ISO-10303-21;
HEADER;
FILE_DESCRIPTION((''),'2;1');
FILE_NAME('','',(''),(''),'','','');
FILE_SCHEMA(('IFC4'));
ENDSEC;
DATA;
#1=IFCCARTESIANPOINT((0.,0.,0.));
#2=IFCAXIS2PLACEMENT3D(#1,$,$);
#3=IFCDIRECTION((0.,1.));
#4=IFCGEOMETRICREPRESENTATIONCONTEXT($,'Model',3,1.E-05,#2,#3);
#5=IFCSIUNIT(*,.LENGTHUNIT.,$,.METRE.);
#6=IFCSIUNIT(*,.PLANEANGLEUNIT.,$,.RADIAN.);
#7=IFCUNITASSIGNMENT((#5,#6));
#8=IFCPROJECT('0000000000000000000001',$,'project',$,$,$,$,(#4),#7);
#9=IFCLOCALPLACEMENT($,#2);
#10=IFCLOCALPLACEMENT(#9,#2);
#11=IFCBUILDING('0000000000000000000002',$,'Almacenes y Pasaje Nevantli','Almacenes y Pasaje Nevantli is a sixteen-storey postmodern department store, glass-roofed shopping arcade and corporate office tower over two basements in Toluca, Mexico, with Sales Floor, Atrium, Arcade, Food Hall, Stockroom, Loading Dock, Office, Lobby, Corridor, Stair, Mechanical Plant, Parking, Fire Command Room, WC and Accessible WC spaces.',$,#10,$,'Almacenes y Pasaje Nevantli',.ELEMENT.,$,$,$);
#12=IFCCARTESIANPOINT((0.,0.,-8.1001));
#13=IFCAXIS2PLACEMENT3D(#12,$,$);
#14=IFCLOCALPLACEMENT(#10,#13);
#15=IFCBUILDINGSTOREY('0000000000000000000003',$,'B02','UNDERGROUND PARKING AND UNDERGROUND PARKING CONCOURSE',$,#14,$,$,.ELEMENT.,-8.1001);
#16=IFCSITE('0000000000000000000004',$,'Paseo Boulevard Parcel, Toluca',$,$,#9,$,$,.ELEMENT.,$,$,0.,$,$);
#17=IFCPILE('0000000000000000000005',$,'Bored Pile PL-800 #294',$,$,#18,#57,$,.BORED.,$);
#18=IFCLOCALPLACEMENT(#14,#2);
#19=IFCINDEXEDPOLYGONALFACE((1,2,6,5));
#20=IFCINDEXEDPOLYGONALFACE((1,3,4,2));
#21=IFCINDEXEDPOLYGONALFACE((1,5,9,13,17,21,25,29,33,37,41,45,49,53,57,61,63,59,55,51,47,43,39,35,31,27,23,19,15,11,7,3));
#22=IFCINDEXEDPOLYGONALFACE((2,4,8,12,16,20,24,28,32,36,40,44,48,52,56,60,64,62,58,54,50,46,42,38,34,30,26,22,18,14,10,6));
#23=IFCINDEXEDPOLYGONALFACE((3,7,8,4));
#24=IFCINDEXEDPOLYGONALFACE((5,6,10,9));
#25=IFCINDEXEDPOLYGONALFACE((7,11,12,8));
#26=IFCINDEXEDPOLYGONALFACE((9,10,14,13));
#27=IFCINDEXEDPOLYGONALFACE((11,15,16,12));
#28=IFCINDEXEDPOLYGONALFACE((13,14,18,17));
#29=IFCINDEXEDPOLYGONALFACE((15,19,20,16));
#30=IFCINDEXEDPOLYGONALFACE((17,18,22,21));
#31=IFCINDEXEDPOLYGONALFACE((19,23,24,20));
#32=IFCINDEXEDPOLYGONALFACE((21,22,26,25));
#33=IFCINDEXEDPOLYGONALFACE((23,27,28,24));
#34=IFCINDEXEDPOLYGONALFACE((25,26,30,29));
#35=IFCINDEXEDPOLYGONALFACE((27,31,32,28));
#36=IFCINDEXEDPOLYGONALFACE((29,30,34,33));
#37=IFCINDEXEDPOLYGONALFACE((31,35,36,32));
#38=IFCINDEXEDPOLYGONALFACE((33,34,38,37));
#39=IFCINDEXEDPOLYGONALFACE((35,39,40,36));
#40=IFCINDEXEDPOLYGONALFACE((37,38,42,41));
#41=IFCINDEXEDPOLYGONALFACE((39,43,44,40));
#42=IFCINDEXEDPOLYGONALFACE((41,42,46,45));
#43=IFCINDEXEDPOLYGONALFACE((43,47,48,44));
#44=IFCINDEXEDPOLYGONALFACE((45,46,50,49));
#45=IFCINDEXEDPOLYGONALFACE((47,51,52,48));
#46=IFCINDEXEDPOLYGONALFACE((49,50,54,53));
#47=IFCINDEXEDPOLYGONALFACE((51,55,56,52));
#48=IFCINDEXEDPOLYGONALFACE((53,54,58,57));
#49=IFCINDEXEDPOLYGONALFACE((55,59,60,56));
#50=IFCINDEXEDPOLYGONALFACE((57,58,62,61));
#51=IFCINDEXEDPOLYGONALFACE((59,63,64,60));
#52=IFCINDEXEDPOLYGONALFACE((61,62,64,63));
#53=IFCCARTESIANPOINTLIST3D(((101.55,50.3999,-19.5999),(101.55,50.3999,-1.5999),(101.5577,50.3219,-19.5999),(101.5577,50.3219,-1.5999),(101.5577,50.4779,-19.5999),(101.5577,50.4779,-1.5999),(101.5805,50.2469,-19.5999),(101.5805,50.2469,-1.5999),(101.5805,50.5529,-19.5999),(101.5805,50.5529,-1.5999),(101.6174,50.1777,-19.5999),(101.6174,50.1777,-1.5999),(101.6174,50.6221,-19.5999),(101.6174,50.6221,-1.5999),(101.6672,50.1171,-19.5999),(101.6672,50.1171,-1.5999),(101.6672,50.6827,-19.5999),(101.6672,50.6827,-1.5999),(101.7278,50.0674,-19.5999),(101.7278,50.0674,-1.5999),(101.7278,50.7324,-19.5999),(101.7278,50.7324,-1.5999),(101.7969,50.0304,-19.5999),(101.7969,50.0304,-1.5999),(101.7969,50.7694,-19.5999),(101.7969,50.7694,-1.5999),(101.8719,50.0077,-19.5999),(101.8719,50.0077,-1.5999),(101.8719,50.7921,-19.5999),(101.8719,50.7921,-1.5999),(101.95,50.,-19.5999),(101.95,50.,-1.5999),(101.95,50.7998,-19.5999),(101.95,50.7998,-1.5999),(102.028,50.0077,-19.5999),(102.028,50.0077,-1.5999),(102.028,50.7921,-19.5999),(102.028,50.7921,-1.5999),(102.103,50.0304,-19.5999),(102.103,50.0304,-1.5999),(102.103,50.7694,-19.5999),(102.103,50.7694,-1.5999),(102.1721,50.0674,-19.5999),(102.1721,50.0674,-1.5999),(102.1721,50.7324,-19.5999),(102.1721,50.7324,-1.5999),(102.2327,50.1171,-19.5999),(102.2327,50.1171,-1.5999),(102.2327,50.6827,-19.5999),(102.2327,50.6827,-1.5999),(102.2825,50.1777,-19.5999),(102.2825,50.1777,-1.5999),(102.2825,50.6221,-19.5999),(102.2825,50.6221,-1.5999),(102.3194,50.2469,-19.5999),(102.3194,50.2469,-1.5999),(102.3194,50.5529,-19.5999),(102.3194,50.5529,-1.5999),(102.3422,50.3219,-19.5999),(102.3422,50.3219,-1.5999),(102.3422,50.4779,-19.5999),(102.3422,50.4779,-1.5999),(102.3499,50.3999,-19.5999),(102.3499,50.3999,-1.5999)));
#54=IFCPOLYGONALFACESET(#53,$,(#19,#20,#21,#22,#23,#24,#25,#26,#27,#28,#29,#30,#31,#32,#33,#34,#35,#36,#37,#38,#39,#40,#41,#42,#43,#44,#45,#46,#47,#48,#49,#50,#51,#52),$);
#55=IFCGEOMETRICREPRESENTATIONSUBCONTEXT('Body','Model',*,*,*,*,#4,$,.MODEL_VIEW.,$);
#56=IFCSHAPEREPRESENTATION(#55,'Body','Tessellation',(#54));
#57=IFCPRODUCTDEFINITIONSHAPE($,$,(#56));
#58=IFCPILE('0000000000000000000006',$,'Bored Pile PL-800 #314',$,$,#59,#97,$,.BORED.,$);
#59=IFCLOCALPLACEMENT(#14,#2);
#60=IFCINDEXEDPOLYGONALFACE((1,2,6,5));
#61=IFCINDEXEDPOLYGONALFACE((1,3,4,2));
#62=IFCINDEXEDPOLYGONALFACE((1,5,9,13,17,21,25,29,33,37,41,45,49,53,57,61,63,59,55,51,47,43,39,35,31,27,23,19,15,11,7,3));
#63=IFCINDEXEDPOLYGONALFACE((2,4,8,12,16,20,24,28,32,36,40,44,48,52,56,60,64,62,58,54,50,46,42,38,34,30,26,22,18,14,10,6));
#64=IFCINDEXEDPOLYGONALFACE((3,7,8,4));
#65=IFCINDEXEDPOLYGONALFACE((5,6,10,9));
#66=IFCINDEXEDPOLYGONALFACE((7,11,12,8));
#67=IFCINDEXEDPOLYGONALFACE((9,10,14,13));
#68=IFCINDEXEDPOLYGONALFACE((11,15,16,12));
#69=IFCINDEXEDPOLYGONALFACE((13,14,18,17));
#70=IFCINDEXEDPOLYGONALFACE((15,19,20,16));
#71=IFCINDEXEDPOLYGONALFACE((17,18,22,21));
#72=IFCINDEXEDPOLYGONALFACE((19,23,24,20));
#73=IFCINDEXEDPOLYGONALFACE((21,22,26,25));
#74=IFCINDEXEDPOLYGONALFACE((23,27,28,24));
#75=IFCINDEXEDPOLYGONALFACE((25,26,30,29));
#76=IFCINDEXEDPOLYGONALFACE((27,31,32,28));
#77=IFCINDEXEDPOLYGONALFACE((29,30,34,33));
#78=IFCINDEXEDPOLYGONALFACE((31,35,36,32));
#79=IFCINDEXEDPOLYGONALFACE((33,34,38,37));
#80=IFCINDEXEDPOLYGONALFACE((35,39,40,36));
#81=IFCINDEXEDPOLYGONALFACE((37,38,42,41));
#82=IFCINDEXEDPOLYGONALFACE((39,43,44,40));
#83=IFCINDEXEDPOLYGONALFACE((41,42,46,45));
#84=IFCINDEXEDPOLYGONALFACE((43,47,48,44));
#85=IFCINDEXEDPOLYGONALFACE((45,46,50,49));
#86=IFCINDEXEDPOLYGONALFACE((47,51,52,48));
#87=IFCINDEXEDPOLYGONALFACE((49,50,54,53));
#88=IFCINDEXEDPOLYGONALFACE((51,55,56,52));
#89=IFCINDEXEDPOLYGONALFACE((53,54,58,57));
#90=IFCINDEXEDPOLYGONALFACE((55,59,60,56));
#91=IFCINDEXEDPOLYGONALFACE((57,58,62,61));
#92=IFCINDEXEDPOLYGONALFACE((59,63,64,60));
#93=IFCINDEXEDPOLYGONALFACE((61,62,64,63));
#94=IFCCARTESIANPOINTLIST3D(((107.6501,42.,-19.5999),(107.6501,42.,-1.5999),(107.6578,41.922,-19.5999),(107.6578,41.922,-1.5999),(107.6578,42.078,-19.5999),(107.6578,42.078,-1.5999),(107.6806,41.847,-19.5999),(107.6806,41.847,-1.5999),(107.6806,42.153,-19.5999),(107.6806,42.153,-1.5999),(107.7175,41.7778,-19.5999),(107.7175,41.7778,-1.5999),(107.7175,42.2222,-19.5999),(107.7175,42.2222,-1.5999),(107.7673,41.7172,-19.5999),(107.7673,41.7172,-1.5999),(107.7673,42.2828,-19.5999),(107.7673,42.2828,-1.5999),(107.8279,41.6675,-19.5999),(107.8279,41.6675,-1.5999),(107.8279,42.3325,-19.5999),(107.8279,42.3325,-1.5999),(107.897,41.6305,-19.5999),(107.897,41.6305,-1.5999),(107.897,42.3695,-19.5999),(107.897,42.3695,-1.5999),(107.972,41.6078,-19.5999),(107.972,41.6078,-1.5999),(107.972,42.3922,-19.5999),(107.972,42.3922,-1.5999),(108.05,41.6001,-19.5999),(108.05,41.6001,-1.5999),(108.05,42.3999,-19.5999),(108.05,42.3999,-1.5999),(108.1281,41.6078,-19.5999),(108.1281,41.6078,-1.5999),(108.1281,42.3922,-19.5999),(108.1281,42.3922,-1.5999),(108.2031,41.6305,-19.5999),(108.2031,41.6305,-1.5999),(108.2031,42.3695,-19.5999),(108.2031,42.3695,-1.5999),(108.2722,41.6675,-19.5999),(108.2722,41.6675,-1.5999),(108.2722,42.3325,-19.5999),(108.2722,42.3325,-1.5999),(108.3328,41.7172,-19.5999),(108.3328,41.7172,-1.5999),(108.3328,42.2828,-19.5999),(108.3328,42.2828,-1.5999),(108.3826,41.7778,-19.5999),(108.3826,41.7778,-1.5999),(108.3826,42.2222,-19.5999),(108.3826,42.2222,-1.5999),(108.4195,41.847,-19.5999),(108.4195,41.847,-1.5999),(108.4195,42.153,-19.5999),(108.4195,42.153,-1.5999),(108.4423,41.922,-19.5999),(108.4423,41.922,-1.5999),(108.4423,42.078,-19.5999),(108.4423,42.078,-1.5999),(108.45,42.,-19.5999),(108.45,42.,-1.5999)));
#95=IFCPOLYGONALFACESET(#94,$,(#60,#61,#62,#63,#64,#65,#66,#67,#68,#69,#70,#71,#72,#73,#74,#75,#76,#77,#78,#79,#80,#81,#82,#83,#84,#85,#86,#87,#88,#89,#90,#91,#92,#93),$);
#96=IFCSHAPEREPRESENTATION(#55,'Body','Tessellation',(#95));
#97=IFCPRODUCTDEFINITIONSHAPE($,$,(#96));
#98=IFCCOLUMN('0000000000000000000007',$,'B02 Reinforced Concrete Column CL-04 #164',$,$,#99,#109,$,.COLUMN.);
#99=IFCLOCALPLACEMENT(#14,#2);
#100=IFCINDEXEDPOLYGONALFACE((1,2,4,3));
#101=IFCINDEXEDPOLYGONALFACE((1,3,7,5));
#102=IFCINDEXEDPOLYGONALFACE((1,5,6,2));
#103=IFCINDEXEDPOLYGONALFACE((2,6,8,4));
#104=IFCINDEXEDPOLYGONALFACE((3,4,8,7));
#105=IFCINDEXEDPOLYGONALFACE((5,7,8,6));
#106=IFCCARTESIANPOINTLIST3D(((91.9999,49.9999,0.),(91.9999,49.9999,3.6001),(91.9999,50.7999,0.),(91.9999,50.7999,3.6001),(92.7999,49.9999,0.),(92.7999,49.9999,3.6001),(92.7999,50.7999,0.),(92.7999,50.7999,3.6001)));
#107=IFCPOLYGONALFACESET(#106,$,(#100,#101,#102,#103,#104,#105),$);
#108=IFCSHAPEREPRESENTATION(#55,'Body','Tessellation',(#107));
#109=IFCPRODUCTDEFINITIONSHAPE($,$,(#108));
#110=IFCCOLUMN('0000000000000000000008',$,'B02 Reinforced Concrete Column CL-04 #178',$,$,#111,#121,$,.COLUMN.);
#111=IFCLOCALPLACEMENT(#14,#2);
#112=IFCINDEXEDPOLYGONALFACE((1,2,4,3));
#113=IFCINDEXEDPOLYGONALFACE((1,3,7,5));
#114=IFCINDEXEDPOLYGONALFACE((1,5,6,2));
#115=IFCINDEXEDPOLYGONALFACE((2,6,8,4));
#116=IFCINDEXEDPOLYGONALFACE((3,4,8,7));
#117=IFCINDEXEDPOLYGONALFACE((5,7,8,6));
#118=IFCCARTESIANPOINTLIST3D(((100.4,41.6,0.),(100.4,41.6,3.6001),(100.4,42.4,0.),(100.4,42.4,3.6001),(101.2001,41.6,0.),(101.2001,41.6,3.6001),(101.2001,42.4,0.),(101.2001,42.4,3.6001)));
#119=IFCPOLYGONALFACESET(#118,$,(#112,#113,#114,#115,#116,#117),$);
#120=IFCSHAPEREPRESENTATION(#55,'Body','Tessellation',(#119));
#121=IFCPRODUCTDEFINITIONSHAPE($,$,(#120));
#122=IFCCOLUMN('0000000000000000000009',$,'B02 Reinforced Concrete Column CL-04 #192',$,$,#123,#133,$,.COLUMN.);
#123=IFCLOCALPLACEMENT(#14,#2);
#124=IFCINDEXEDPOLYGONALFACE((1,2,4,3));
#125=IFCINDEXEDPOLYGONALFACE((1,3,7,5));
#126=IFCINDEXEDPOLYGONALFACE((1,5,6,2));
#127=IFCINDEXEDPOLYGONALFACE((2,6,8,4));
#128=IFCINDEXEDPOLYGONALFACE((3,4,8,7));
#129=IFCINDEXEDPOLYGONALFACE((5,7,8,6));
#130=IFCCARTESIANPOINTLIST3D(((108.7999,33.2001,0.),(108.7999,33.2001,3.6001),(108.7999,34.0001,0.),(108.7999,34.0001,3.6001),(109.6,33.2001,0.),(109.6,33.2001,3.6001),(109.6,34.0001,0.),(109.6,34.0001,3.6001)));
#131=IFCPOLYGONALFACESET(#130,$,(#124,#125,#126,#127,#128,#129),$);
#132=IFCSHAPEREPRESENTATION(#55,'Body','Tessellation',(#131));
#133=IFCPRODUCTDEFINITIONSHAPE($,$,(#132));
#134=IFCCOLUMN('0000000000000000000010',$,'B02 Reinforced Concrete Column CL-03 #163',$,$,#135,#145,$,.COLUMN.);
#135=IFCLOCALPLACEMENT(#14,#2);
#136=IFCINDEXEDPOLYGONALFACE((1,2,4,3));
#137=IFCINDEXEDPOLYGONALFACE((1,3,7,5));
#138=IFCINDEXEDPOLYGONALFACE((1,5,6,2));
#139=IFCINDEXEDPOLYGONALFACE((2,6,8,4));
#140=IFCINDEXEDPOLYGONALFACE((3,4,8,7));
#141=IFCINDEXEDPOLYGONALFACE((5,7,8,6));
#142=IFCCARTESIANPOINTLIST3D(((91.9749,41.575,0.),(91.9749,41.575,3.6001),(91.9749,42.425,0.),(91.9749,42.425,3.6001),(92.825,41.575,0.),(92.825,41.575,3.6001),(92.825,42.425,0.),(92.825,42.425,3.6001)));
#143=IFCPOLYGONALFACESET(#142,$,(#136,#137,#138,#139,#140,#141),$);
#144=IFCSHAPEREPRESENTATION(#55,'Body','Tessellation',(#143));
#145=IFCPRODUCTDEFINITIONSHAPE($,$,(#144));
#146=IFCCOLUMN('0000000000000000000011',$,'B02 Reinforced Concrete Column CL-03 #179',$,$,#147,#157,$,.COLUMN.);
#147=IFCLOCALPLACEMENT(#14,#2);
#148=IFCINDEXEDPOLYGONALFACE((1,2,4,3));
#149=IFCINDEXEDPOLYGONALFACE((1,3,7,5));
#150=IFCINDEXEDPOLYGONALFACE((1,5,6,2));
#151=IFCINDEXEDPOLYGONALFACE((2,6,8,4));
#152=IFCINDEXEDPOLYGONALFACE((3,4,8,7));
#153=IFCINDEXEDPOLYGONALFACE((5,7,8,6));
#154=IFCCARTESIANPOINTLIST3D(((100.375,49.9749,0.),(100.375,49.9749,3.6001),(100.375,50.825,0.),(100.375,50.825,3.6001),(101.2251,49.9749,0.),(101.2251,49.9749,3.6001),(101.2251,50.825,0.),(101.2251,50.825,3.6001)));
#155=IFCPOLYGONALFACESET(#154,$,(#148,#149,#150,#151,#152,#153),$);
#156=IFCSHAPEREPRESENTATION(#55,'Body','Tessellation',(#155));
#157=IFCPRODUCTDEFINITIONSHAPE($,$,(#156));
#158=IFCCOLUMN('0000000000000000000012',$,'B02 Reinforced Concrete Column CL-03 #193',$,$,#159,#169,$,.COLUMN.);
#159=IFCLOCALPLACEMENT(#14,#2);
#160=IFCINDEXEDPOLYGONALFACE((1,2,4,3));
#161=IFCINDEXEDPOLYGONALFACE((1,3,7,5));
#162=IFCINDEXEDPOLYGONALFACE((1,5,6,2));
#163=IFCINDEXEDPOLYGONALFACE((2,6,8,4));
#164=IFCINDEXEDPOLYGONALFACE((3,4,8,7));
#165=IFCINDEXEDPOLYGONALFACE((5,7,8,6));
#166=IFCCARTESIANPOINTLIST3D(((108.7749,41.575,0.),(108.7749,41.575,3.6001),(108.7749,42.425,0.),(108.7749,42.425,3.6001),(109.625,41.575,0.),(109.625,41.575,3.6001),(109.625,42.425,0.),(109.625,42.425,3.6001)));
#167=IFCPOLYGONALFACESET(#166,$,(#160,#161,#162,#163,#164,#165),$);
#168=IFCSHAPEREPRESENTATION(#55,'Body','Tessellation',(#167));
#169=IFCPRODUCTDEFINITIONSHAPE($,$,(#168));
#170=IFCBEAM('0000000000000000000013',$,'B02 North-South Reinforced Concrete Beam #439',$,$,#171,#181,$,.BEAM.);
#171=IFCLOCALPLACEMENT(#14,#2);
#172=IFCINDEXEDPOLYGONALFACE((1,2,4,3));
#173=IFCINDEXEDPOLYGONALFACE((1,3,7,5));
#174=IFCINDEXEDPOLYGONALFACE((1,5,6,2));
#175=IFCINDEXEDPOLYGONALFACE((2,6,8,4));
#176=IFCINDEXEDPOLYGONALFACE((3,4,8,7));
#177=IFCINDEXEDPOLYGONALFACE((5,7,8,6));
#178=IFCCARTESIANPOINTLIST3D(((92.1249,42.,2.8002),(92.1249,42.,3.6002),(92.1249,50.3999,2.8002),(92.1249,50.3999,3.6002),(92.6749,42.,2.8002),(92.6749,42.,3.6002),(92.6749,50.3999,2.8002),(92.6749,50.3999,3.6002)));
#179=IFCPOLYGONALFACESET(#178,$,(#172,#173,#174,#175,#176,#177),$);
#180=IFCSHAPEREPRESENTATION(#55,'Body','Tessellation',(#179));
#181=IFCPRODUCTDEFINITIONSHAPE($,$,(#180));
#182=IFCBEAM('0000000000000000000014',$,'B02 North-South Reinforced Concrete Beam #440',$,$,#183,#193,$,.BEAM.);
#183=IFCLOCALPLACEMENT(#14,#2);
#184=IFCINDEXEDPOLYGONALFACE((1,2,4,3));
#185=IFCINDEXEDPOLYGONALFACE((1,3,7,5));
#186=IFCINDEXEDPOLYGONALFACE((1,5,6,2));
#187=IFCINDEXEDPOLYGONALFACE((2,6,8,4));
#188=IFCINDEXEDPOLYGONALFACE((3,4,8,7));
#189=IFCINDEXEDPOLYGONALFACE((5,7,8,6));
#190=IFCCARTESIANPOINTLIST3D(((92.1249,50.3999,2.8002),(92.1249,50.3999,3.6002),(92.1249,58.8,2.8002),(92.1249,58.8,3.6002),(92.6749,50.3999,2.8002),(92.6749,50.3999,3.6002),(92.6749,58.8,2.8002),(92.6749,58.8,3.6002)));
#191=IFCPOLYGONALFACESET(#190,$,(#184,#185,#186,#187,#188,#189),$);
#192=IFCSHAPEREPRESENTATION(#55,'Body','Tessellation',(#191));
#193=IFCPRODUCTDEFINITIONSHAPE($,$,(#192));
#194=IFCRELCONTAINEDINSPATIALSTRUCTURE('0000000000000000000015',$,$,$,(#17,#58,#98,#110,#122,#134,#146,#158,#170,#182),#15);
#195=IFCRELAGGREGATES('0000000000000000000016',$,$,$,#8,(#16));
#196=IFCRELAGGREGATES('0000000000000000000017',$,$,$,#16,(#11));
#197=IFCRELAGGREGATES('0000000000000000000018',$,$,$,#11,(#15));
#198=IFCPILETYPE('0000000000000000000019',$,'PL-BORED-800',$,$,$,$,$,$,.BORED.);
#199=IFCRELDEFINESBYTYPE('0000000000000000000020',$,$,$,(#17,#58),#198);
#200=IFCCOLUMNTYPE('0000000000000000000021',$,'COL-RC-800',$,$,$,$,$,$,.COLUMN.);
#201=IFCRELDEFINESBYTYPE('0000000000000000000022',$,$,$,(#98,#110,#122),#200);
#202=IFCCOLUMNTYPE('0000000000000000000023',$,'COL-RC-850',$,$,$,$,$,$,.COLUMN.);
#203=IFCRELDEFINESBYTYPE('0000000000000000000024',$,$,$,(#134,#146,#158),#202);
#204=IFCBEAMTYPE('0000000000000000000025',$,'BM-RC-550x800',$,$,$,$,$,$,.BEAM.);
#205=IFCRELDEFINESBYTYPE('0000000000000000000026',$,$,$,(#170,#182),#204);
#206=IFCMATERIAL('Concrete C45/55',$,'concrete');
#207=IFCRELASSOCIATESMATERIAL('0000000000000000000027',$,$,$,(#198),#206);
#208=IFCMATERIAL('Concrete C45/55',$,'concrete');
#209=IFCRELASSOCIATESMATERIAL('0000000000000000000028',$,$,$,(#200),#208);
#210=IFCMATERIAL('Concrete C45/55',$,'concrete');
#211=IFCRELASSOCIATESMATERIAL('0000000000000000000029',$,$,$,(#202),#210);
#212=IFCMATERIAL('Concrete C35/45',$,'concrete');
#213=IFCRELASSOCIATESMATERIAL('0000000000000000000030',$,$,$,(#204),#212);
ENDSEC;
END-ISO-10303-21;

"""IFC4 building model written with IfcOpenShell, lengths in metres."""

from ifc_helpers import new_model, si_unit, direction, frame, origin, origin_2d, place, context, subcontext, project, spatial, rectangle, circle, extrude, material, material_profile, profile_set, type_object, element, save


model = new_model("IFC4")

# Units and contexts
model_context = context("Model", 3, precision=1e-05, world=origin(), true_north=direction((0.0, 1.0)))
body_context = subcontext(model_context, "Body", "Model", "MODEL_VIEW")
ifc_project = project(units=[si_unit("LENGTHUNIT", "METRE"), si_unit("PLANEANGLEUNIT", "RADIAN")], contexts=[model_context])

# Site, building, storey
site_placement = place(None, origin())
site = spatial("IfcSite", under=ifc_project, at=site_placement, Name="Paseo Boulevard Parcel, Toluca", CompositionType="ELEMENT", RefElevation=0.0)
building_placement = place(site_placement, origin())
building = spatial("IfcBuilding", under=site, at=building_placement, Name="Almacenes y Pasaje Nevantli", Description="Almacenes y Pasaje Nevantli is a sixteen-storey postmodern department store, glass-roofed shopping arcade and corporate office tower over two basements in Toluca, Mexico, with Sales Floor, Atrium, Arcade, Food Hall, Stockroom, Loading Dock, Office, Lobby, Corridor, Stair, Mechanical Plant, Parking, Fire Command Room, WC and Accessible WC spaces.", LongName="Almacenes y Pasaje Nevantli", CompositionType="ELEMENT")
storey_placement = place(building_placement, frame((0.0, 0.0, -8.1001)))
storey = spatial("IfcBuildingStorey", under=building, at=storey_placement, Name="B02", Description="UNDERGROUND PARKING AND UNDERGROUND PARKING CONCOURSE", CompositionType="ELEMENT", Elevation=-8.1001)

# Piles
ifc_material_1 = material(Name="Concrete C45/55", Category="concrete")
ifc_material_profile_1 = material_profile(ifc_material_1, circle(Radius=0.3999, at=origin_2d()), Name="RC-PILE-D800")
ifc_profile_set_1 = profile_set([ifc_material_profile_1], Name="Concrete C45/55")
pile_type_1 = type_object("IfcPileType", Name="PL-BORED-800", PredefinedType="BORED", material=ifc_profile_set_1)
for number, where, z_axis, x_axis, name in (
    (1, (101.95, 50.3999, -1.5999), (0.0, 0.0, -1.0), (1.0, 0.0, 0.0), "Bored Pile PL-800 #294"),
    (2, (108.05, 42.0, -1.5999), (0.0, 0.0, -1.0), (1.0, 0.0, 0.0), "Bored Pile PL-800 #314"),
):
    element("IfcPile", number, at=place(storey_placement, frame(where, z_axis=z_axis, x_axis=x_axis)), inside=storey, type_object=pile_type_1, Name=name, PredefinedType="BORED", context=body_context, shape_type="SweptSolid", body=[
        extrude(circle(Radius=0.3999, at=origin_2d()), origin(), (0.0, 0.0, 1.0), 18.0),
    ])

# Columns
ifc_material_2 = material(Name="Concrete C45/55", Category="concrete")
ifc_material_profile_2 = material_profile(ifc_material_2, rectangle(XDim=0.8, YDim=0.8, at=origin_2d()), Name="RC-COL-800x800")
ifc_profile_set_2 = profile_set([ifc_material_profile_2], Name="Concrete C45/55")
column_type_1 = type_object("IfcColumnType", Name="COL-RC-800", PredefinedType="COLUMN", material=ifc_profile_set_2)
for number, where, z_axis, x_axis, name in (
    (3, (92.3999, 50.3999, 0.0), (0.0, 0.0, 1.0), (1.0, 0.0, 0.0), "B02 Reinforced Concrete Column CL-04 #164"),
    (4, (100.8, 42.0, 0.0), (0.0, 0.0, 1.0), (1.0, 0.0, 0.0), "B02 Reinforced Concrete Column CL-04 #178"),
    (5, (109.2, 33.6001, 0.0), (0.0, 0.0, 1.0), (1.0, 0.0, 0.0), "B02 Reinforced Concrete Column CL-04 #192"),
):
    element("IfcColumn", number, at=place(storey_placement, frame(where, z_axis=z_axis, x_axis=x_axis)), inside=storey, type_object=column_type_1, Name=name, PredefinedType="COLUMN", context=body_context, shape_type="SweptSolid", body=[
        extrude(rectangle(XDim=0.8, YDim=0.8, at=origin_2d()), origin(), (0.0, 0.0, 1.0), 3.6001),
    ])
ifc_material_3 = material(Name="Concrete C45/55", Category="concrete")
ifc_material_profile_3 = material_profile(ifc_material_3, rectangle(XDim=0.8501, YDim=0.8501, at=origin_2d()), Name="RC-COL-850x850")
ifc_profile_set_3 = profile_set([ifc_material_profile_3], Name="Concrete C45/55")
column_type_2 = type_object("IfcColumnType", Name="COL-RC-850", PredefinedType="COLUMN", material=ifc_profile_set_3)
for number, where, z_axis, x_axis, name in (
    (6, (92.3999, 42.0, 0.0), (0.0, 0.0, 1.0), (1.0, 0.0, 0.0), "B02 Reinforced Concrete Column CL-03 #163"),
    (7, (100.8, 50.3999, 0.0), (0.0, 0.0, 1.0), (1.0, 0.0, 0.0), "B02 Reinforced Concrete Column CL-03 #179"),
    (8, (109.2, 42.0, 0.0), (0.0, 0.0, 1.0), (1.0, 0.0, 0.0), "B02 Reinforced Concrete Column CL-03 #193"),
):
    element("IfcColumn", number, at=place(storey_placement, frame(where, z_axis=z_axis, x_axis=x_axis)), inside=storey, type_object=column_type_2, Name=name, PredefinedType="COLUMN", context=body_context, shape_type="SweptSolid", body=[
        extrude(rectangle(XDim=0.8501, YDim=0.8501, at=origin_2d()), origin(), (0.0, 0.0, 1.0), 3.6001),
    ])

# Beams
ifc_material_4 = material(Name="Concrete C35/45", Category="concrete")
ifc_material_profile_4 = material_profile(ifc_material_4, rectangle(XDim=0.55, YDim=0.8, at=origin_2d()), Name="RC-BM-550x800")
ifc_profile_set_4 = profile_set([ifc_material_profile_4], Name="Concrete C35/45")
beam_type_1 = type_object("IfcBeamType", Name="BM-RC-550x800", PredefinedType="BEAM", material=ifc_profile_set_4)
beam_1_placement = place(storey_placement, frame((92.3999, 42.0, 3.2002), z_axis=(0.0, 1.0, 0.0), x_axis=(-1.0, 0.0, 0.0)))
element("IfcBeam", 9, at=beam_1_placement, inside=storey, type_object=beam_type_1, Name="B02 North-South Reinforced Concrete Beam #439", PredefinedType="BEAM", context=body_context, shape_type="SweptSolid", body=[
    extrude(rectangle(XDim=0.55, YDim=0.8, at=origin_2d()), origin(), (0.0, 0.0, 1.0), 8.3999),
])
beam_2_placement = place(storey_placement, frame((92.3999, 50.3999, 3.2002), z_axis=(0.0, 1.0, 0.0), x_axis=(-1.0, 0.0, 0.0)))
element("IfcBeam", 10, at=beam_2_placement, inside=storey, type_object=beam_type_1, Name="B02 North-South Reinforced Concrete Beam #440", PredefinedType="BEAM", context=body_context, shape_type="SweptSolid", body=[
    extrude(rectangle(XDim=0.55, YDim=0.8, at=origin_2d()), origin(), (0.0, 0.0, 1.0), 8.4001),
])

save(model, "model.ifc")
